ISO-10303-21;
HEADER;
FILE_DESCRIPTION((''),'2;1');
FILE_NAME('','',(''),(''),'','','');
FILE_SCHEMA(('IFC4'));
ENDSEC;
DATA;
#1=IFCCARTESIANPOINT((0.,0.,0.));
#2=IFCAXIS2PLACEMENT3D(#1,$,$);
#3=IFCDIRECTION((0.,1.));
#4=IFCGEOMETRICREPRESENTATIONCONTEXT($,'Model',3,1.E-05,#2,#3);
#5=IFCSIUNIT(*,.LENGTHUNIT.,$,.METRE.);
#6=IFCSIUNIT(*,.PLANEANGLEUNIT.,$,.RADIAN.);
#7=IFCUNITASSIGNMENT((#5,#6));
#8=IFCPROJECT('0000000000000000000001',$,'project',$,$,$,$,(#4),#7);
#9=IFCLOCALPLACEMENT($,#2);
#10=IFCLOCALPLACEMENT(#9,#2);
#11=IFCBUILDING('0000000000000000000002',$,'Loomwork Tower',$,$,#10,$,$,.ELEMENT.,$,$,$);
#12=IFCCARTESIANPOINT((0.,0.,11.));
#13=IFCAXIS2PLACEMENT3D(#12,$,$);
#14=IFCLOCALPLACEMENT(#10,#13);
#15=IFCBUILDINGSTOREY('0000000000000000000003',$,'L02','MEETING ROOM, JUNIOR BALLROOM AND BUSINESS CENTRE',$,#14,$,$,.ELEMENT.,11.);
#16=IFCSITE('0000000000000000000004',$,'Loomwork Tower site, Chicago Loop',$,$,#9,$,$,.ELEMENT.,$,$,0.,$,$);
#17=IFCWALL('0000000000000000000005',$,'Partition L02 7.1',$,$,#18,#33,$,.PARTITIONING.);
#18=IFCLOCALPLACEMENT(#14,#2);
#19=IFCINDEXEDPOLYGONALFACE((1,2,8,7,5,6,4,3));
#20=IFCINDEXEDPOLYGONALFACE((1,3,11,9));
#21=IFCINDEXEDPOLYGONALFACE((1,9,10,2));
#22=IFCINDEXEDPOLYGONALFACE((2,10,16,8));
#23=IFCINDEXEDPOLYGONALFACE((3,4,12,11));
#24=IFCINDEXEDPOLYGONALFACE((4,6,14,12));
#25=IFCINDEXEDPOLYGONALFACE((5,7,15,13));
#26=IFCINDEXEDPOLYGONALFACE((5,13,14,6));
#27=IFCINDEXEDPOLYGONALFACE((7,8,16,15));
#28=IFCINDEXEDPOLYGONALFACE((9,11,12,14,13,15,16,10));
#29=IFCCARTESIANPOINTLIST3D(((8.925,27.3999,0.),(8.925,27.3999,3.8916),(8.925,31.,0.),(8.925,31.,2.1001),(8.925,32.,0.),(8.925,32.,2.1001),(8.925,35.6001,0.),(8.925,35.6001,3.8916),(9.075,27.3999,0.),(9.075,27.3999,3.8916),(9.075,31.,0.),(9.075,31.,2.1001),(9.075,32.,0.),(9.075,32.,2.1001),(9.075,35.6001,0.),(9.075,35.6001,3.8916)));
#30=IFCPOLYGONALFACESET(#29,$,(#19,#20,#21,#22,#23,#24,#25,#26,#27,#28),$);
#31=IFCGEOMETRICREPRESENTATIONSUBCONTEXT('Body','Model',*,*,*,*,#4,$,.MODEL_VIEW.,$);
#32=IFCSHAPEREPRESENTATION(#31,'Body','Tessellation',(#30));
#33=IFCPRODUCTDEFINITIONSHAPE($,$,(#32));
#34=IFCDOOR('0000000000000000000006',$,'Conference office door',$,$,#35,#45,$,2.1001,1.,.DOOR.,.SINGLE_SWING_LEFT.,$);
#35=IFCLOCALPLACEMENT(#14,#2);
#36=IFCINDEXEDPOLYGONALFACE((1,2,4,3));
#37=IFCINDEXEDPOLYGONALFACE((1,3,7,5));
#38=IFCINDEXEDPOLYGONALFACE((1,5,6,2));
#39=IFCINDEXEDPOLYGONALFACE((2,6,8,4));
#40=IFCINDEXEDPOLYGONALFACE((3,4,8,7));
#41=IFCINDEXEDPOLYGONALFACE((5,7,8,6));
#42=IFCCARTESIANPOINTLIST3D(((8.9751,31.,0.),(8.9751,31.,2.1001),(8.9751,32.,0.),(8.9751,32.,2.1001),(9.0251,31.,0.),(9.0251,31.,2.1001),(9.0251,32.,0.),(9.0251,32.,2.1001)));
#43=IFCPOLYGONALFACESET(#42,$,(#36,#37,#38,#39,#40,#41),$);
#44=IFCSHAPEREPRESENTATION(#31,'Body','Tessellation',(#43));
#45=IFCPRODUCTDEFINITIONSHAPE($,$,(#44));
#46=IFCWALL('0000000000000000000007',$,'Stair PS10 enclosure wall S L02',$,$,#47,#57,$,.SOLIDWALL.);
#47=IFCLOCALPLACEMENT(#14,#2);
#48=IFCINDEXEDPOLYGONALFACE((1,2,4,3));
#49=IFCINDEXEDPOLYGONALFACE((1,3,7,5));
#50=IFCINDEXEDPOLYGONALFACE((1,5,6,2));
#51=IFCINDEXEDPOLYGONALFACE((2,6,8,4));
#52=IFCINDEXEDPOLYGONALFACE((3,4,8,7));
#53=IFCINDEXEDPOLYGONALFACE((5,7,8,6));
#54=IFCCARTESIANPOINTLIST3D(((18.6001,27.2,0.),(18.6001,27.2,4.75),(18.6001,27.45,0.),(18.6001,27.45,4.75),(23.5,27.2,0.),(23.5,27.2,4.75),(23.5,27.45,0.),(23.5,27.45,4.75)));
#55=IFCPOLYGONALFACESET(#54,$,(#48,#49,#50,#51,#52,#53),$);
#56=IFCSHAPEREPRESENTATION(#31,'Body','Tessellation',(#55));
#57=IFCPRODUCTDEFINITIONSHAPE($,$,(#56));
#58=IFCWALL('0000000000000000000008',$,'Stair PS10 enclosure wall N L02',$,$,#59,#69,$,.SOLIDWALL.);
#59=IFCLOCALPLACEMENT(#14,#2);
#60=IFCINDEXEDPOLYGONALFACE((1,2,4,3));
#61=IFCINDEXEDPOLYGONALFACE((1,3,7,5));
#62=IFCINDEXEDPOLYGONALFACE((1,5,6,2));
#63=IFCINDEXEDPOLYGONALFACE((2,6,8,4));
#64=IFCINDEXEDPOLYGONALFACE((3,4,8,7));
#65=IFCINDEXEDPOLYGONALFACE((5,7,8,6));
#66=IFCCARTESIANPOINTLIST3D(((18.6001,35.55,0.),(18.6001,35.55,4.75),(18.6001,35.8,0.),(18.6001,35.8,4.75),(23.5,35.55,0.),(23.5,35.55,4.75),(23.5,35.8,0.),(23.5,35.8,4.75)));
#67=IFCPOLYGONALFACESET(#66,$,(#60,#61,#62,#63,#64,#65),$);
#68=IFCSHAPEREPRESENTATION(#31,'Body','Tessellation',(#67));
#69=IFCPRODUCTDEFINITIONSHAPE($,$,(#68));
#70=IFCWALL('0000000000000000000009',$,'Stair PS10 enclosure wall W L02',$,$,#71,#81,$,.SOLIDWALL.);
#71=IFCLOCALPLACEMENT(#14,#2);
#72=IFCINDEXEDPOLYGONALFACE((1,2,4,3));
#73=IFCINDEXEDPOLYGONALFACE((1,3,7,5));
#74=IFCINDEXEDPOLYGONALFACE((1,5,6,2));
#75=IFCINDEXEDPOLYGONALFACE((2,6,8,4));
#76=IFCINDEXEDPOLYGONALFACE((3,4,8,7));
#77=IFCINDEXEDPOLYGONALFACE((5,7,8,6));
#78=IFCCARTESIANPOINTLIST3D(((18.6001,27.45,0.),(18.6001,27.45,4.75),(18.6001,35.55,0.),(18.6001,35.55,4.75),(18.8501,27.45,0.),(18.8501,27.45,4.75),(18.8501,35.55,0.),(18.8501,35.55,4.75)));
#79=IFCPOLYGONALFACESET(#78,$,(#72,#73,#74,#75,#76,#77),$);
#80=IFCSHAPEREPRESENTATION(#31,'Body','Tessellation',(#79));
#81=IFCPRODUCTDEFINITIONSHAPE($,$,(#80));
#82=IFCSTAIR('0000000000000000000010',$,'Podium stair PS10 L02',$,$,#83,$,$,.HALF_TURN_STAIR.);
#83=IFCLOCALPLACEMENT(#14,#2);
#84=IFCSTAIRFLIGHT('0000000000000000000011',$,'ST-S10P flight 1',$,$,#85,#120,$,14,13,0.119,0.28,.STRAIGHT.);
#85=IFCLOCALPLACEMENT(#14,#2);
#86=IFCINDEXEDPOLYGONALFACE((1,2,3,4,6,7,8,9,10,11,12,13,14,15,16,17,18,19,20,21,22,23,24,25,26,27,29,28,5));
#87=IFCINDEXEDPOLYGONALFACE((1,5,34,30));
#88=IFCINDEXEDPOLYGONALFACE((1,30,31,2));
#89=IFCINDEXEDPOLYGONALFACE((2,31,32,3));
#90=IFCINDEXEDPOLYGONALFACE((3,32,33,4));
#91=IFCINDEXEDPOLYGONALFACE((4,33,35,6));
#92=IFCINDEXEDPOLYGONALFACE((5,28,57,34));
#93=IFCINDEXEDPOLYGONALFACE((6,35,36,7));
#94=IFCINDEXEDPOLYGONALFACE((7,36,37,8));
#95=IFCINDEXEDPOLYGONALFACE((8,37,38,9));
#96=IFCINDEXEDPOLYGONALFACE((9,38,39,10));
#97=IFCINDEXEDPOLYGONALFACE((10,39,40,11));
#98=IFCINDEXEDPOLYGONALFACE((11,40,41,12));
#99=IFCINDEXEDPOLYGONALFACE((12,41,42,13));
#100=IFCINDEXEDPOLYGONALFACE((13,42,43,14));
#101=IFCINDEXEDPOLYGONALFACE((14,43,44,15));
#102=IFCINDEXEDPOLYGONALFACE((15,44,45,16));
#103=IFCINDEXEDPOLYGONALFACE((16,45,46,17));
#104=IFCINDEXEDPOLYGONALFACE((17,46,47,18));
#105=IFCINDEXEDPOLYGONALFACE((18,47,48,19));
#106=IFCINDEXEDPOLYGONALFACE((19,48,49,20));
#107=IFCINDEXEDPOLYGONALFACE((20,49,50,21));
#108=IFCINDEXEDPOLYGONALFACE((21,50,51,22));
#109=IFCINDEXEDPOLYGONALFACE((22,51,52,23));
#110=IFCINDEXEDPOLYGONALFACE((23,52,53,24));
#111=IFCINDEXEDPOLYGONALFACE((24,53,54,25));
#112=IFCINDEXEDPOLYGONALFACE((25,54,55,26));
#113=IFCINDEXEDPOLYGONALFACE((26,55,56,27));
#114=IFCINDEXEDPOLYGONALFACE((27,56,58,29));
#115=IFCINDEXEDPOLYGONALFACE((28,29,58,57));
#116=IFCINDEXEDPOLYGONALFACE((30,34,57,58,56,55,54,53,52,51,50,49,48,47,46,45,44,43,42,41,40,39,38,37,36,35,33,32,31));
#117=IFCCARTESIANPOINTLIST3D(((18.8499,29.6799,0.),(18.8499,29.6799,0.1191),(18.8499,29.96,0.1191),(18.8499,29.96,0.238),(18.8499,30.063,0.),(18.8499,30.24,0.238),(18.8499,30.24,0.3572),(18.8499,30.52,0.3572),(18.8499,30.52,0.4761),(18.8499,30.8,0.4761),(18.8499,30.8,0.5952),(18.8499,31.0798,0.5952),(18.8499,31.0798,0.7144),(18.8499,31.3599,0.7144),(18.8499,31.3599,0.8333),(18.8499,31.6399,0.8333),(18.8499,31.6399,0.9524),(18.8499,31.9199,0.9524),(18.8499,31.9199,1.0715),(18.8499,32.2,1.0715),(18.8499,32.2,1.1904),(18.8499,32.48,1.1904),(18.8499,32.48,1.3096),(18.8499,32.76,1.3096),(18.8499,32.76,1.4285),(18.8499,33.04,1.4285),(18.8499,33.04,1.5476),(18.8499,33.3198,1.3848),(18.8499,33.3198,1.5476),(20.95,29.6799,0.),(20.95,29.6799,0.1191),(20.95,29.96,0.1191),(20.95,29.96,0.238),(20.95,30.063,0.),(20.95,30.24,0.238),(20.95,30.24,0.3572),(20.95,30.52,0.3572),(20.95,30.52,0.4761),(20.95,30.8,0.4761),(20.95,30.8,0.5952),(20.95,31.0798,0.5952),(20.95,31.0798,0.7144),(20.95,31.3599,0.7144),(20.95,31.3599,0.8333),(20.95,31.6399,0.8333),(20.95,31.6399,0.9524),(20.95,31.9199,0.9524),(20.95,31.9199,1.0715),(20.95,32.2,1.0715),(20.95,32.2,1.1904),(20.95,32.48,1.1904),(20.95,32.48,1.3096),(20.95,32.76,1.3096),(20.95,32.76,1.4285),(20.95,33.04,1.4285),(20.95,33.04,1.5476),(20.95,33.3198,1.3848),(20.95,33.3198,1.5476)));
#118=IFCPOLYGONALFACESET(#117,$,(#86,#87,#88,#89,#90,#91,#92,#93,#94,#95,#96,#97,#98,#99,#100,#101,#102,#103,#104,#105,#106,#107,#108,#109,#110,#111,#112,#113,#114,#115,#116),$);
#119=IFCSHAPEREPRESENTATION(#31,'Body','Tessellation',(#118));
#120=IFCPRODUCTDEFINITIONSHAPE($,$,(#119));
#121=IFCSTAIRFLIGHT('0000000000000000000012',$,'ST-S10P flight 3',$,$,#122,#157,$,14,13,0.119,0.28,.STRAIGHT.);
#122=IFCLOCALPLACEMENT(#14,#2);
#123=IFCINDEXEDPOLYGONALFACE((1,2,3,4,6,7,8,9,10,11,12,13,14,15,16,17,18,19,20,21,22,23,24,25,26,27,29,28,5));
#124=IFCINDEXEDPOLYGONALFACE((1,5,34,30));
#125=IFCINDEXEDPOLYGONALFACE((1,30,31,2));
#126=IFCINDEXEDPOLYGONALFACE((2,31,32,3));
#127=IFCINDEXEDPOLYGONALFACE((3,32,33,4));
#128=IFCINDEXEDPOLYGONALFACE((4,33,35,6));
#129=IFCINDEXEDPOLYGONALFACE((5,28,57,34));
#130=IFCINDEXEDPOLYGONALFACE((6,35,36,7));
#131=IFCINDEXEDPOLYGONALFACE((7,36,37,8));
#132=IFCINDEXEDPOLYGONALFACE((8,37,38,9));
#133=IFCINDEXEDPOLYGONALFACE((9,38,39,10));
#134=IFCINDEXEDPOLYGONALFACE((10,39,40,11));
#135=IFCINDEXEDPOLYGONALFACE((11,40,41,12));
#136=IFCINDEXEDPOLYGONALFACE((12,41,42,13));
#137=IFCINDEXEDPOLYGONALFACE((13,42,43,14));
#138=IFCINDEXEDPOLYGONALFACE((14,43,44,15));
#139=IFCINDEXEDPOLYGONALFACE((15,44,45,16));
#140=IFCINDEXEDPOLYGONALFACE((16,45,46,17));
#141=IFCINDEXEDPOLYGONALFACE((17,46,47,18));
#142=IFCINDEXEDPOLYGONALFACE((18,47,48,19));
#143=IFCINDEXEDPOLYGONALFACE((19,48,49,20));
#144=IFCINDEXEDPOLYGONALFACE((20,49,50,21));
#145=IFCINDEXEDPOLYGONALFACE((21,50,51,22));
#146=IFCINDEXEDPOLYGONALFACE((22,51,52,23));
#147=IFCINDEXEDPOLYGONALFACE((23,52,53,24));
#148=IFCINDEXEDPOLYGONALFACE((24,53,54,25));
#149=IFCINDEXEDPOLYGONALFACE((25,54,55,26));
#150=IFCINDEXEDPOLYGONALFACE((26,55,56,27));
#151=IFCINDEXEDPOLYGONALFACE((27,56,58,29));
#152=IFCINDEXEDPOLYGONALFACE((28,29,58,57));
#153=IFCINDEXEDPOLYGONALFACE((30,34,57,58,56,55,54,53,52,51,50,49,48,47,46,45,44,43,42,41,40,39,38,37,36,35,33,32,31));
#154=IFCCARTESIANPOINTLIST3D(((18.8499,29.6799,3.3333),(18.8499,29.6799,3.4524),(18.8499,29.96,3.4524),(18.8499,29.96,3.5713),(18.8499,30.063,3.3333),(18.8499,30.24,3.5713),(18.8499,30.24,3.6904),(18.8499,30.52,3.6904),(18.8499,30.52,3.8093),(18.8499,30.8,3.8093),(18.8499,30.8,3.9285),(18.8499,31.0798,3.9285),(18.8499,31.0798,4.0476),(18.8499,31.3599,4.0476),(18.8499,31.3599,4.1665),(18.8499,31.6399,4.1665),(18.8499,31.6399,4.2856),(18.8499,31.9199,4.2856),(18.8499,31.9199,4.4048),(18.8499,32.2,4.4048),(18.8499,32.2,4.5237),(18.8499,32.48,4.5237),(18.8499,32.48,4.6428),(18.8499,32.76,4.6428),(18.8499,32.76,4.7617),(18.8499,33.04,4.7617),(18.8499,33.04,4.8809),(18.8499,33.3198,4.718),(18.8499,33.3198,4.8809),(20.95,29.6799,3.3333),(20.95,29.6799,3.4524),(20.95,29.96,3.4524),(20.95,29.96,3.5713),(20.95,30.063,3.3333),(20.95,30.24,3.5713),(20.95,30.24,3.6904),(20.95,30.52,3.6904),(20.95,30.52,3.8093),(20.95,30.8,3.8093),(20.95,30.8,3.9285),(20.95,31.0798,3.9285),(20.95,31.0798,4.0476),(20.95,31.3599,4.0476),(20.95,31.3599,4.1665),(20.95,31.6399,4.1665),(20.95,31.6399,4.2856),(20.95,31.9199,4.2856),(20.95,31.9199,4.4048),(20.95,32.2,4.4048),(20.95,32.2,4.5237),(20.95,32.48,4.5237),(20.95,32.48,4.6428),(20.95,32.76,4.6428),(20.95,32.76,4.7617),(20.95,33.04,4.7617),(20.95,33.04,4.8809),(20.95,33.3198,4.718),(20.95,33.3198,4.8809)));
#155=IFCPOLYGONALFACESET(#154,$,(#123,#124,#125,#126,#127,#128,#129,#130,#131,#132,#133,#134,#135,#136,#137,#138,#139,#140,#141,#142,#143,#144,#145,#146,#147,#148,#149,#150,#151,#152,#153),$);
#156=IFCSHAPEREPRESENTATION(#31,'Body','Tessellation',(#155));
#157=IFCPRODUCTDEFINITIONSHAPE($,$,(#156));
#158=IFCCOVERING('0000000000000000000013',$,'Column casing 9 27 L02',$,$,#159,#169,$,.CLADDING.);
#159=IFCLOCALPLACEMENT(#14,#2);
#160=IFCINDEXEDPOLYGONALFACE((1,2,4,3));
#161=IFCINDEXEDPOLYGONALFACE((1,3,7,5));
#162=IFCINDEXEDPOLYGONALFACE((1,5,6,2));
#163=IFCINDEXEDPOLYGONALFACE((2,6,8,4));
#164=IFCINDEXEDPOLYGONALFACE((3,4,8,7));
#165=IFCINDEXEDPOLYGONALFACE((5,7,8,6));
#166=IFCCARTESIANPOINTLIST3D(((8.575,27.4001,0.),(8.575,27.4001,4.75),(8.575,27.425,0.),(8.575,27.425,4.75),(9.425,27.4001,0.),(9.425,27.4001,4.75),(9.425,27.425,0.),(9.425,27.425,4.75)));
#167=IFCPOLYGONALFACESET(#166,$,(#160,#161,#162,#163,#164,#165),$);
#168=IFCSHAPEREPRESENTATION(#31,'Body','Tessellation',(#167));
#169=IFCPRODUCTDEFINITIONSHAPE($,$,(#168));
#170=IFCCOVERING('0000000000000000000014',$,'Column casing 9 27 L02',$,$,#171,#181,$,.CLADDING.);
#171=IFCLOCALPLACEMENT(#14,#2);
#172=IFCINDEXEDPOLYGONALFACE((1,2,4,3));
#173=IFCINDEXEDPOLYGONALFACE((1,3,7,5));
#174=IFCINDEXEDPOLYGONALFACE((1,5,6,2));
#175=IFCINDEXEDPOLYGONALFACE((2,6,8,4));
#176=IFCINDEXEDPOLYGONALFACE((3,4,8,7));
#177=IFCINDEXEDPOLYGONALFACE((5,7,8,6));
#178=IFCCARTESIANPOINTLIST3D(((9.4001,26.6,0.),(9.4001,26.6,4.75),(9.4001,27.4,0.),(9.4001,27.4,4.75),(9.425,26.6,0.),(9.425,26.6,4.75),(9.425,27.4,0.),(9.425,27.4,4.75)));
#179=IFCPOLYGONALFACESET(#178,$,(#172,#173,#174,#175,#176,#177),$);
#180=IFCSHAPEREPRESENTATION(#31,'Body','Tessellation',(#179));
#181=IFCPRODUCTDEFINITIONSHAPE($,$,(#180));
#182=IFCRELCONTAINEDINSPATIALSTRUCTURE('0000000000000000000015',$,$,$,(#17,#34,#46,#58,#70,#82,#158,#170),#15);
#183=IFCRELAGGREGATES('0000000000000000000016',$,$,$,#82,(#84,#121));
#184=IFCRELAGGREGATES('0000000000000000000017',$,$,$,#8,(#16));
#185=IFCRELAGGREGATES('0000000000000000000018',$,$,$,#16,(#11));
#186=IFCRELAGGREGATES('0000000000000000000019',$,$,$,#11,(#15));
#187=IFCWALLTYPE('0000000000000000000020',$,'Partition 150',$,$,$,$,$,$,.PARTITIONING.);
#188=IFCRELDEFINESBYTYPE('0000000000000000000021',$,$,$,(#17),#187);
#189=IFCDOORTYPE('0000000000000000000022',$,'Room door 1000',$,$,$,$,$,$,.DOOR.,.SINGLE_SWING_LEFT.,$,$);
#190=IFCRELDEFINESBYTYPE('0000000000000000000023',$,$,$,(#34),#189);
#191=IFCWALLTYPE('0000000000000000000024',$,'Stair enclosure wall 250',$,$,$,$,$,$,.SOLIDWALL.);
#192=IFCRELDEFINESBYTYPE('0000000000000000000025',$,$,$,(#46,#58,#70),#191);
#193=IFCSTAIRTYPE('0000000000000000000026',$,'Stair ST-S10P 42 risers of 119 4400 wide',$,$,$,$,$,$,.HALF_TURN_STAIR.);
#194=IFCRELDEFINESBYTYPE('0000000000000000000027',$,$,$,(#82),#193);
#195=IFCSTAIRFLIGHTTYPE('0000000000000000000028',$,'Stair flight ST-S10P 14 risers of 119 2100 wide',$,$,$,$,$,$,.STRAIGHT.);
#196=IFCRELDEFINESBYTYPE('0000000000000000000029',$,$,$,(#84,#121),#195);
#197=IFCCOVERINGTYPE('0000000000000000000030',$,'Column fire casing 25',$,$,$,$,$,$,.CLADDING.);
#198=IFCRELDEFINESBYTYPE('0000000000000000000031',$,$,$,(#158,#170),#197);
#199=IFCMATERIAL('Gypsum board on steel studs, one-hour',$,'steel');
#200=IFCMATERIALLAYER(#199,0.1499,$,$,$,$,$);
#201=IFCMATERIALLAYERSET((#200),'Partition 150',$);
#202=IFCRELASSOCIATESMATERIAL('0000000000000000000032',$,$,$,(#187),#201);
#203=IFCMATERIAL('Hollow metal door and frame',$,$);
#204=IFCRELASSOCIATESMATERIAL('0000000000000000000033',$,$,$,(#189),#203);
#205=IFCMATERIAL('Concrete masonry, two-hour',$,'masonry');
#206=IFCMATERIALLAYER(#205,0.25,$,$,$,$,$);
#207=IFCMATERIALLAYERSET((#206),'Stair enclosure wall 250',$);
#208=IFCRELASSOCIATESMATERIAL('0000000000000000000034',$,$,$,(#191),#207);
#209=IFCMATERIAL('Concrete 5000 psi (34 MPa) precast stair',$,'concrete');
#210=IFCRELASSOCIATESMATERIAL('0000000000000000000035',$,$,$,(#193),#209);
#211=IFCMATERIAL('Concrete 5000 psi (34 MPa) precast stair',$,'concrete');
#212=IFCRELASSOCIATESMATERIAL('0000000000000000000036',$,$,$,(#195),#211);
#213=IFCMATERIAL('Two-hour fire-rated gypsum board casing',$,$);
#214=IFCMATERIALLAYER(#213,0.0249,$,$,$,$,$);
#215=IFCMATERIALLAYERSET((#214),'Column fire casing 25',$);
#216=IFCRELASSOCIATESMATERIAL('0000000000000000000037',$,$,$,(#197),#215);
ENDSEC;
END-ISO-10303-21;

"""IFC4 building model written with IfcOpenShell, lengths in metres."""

from ifc_helpers import new_model, si_unit, direction, frame, frame_2d, origin, origin_2d, place, context, subcontext, project, spatial, polyline, rectangle, outline, extrude, material, layer, layer_set, type_object, element, fill, aggregate, save


model = new_model("IFC4")

# Units and contexts
model_context = context("Model", 3, precision=1e-05, world=origin(), true_north=direction((0.0, 1.0)))
body_context = subcontext(model_context, "Body", "Model", "MODEL_VIEW")
ifc_project = project(units=[si_unit("LENGTHUNIT", "METRE"), si_unit("PLANEANGLEUNIT", "RADIAN")], contexts=[model_context])

# Site, building, storey
site_placement = place(None, origin())
site = spatial("IfcSite", under=ifc_project, at=site_placement, Name="Loomwork Tower site, Chicago Loop", CompositionType="ELEMENT", RefElevation=0.0)
building_placement = place(site_placement, origin())
building = spatial("IfcBuilding", under=site, at=building_placement, Name="Loomwork Tower", CompositionType="ELEMENT")
storey_placement = place(building_placement, frame((0.0, 0.0, 11.0)))
storey = spatial("IfcBuildingStorey", under=building, at=storey_placement, Name="L02", Description="MEETING ROOM, JUNIOR BALLROOM AND BUSINESS CENTRE", CompositionType="ELEMENT", Elevation=11.0)

# Wall, opening, door
ifc_material_1 = material(Name="Gypsum board on steel studs, one-hour", Category="steel")
ifc_layer_1 = layer(ifc_material_1, 0.1499)
ifc_layer_set_1 = layer_set([ifc_layer_1], Name="Partition 150")
wall_type_1 = type_object("IfcWallType", Name="Partition 150", PredefinedType="PARTITIONING", material=ifc_layer_set_1)
wall_1_placement = place(storey_placement, frame((9.0, 35.6001, 0.0), z_axis=(0.0, 0.0, 1.0), x_axis=(0.0, -1.0, 0.0)))
wall_1 = element("IfcWall", 1, at=wall_1_placement, inside=storey, type_object=wall_type_1, Name="Partition L02 7.1", PredefinedType="PARTITIONING", context=body_context, shape_type="SweptSolid", body=[
    extrude(rectangle(XDim=8.2002, YDim=0.1499, at=frame_2d((4.1001, 0.0))), origin(), (0.0, 0.0, 1.0), 3.8916),
])
opening_placement = place(wall_1_placement, frame((3.6001, 0.0, 0.0)))
opening = element("IfcOpeningElement", 2, at=opening_placement, cuts=wall_1, PredefinedType="OPENING", context=body_context, shape_type="SweptSolid", body=[
    extrude(rectangle(XDim=1.0, YDim=2.1001, at=frame_2d((0.5, 1.05))), frame((0.0, 0.085, 0.0), z_axis=(0.0, -1.0, 0.0), x_axis=(1.0, 0.0, 0.0)), (0.0, 0.0, 1.0), 0.1699),
])
ifc_material_2 = material(Name="Hollow metal door and frame")
door_type = type_object("IfcDoorType", Name="Room door 1000", OperationType="SINGLE_SWING_LEFT", PredefinedType="DOOR", material=ifc_material_2)
door_placement = place(opening_placement, frame((1.0, 0.0, 0.0), z_axis=(0.0, 0.0, 1.0), x_axis=(-1.0, 0.0, 0.0)))
door = element("IfcDoor", 3, at=door_placement, inside=storey, type_object=door_type, Name="Conference office door", OperationType="SINGLE_SWING_LEFT", OverallHeight=2.1001, OverallWidth=1.0, PredefinedType="DOOR", context=body_context, shape_type="SweptSolid", body=[
    extrude(rectangle(XDim=1.0, YDim=2.1001, at=frame_2d((0.5, 1.05))), frame((0.0, 0.0249, 0.0), z_axis=(0.0, -1.0, 0.0), x_axis=(1.0, 0.0, 0.0)), (0.0, 0.0, 1.0), 0.05),
])
fill(opening, door)

# Walls
ifc_material_3 = material(Name="Concrete masonry, two-hour", Category="masonry")
ifc_layer_2 = layer(ifc_material_3, 0.25)
ifc_layer_set_2 = layer_set([ifc_layer_2], Name="Stair enclosure wall 250")
wall_type_2 = type_object("IfcWallType", Name="Stair enclosure wall 250", PredefinedType="SOLIDWALL", material=ifc_layer_set_2)
for number, where, z_axis, x_axis, name in (
    (4, (18.6001, 27.325, 0.0), (0.0, 0.0, 1.0), (1.0, 0.0, 0.0), "Stair PS10 enclosure wall S L02"),
    (5, (18.6001, 35.675, 0.0), (0.0, 0.0, 1.0), (1.0, 0.0, 0.0), "Stair PS10 enclosure wall N L02"),
):
    element("IfcWall", number, at=place(storey_placement, frame(where, z_axis=z_axis, x_axis=x_axis)), inside=storey, type_object=wall_type_2, Name=name, PredefinedType="SOLIDWALL", context=body_context, shape_type="SweptSolid", body=[
        extrude(rectangle(XDim=4.8999, YDim=0.25, at=frame_2d((2.45, 0.0))), origin(), (0.0, 0.0, 1.0), 4.75),
    ])
wall_2_placement = place(storey_placement, frame((18.7251, 27.45, 0.0), z_axis=(0.0, 0.0, 1.0), x_axis=(0.0, 1.0, 0.0)))
element("IfcWall", 6, at=wall_2_placement, inside=storey, type_object=wall_type_2, Name="Stair PS10 enclosure wall W L02", PredefinedType="SOLIDWALL", context=body_context, shape_type="SweptSolid", body=[
    extrude(rectangle(XDim=8.1001, YDim=0.25, at=frame_2d((4.05, 0.0))), origin(), (0.0, 0.0, 1.0), 4.75),
])

# Stair, stair flights
ifc_material_4 = material(Name="Concrete 5000 psi (34 MPa) precast stair", Category="concrete")
stair_type = type_object("IfcStairType", Name="Stair ST-S10P 42 risers of 119 4400 wide", PredefinedType="HALF_TURN_STAIR", material=ifc_material_4)
stair_placement = place(storey_placement, origin())
stair = element("IfcStair", 7, at=stair_placement, inside=storey, type_object=stair_type, Name="Podium stair PS10 L02", PredefinedType="HALF_TURN_STAIR")
ifc_material_5 = material(Name="Concrete 5000 psi (34 MPa) precast stair", Category="concrete")
stair_flight_type = type_object("IfcStairFlightType", Name="Stair flight ST-S10P 14 risers of 119 2100 wide", PredefinedType="STRAIGHT", material=ifc_material_5)
stair_flight_1_placement = place(storey_placement, frame((19.8999, 29.6799, 0.0), z_axis=(0.0, 0.0, 1.0), x_axis=(0.0, 1.0, 0.0)))
stair_flight_1 = element("IfcStairFlight", 8, at=stair_flight_1_placement, type_object=stair_flight_type, Name="ST-S10P flight 1", NumberOfRisers=14, NumberOfTreads=13, PredefinedType="STRAIGHT", RiserHeight=0.119, TreadLength=0.28, context=body_context, shape_type="SweptSolid", body=[
    extrude(outline(polyline([(0.0, 0.0), (0.0, 0.1191), (0.28, 0.1191), (0.28, 0.238), (0.5601, 0.238), (0.5601, 0.3572), (0.8401, 0.3572), (0.8401, 0.4761), (1.1201, 0.4761), (1.1201, 0.5952), (1.3999, 0.5952), (1.3999, 0.7144), (1.6799, 0.7144), (1.6799, 0.8333), (1.96, 0.8333), (1.96, 0.9524), (2.24, 0.9524), (2.24, 1.0715), (2.52, 1.0715), (2.52, 1.1904), (2.8, 1.1904), (2.8, 1.3096), (3.0801, 1.3096), (3.0801, 1.4285), (3.3601, 1.4285), (3.3601, 1.5476), (3.6399, 1.5476), (3.6399, 1.6667), (3.6399, 1.3848), (0.3831, 0.0), (0.0, 0.0)])), frame((0.0, 1.05, 0.0), z_axis=(0.0, -1.0, 0.0), x_axis=(1.0, 0.0, 0.0)), (0.0, 0.0, 1.0), 2.1001),
])
stair_flight_2_placement = place(storey_placement, frame((19.8999, 29.6799, 3.3333), z_axis=(0.0, 0.0, 1.0), x_axis=(0.0, 1.0, 0.0)))
stair_flight_2 = element("IfcStairFlight", 9, at=stair_flight_2_placement, type_object=stair_flight_type, Name="ST-S10P flight 3", NumberOfRisers=14, NumberOfTreads=13, PredefinedType="STRAIGHT", RiserHeight=0.119, TreadLength=0.28, context=body_context, shape_type="SweptSolid", body=[
    extrude(outline(polyline([(0.0, 0.0), (0.0, 0.1191), (0.28, 0.1191), (0.28, 0.238), (0.5601, 0.238), (0.5601, 0.3572), (0.8401, 0.3572), (0.8401, 0.4761), (1.1201, 0.4761), (1.1201, 0.5952), (1.3999, 0.5952), (1.3999, 0.7144), (1.6799, 0.7144), (1.6799, 0.8333), (1.96, 0.8333), (1.96, 0.9524), (2.24, 0.9524), (2.24, 1.0715), (2.52, 1.0715), (2.52, 1.1904), (2.8, 1.1904), (2.8, 1.3096), (3.0801, 1.3096), (3.0801, 1.4285), (3.3601, 1.4285), (3.3601, 1.5476), (3.6399, 1.5476), (3.6399, 1.6667), (3.6399, 1.3848), (0.3831, 0.0), (0.0, 0.0)])), frame((0.0, 1.05, 0.0), z_axis=(0.0, -1.0, 0.0), x_axis=(1.0, 0.0, 0.0)), (0.0, 0.0, 1.0), 2.1001),
])
aggregate(stair, [stair_flight_1, stair_flight_2])

# Coverings
ifc_material_6 = material(Name="Two-hour fire-rated gypsum board casing")
ifc_layer_3 = layer(ifc_material_6, 0.0249)
ifc_layer_set_3 = layer_set([ifc_layer_3], Name="Column fire casing 25")
covering_type = type_object("IfcCoveringType", Name="Column fire casing 25", PredefinedType="CLADDING", material=ifc_layer_set_3)
covering_1_placement = place(storey_placement, frame((9.0, 27.4126, 0.0), z_axis=(0.0, 0.0, 1.0), x_axis=(1.0, 0.0, 0.0)))
element("IfcCovering", 10, at=covering_1_placement, inside=storey, type_object=covering_type, Name="Column casing 9 27 L02", PredefinedType="CLADDING", context=body_context, shape_type="SweptSolid", body=[
    extrude(rectangle(XDim=0.8501, YDim=0.0249, at=origin_2d()), origin(), (0.0, 0.0, 1.0), 4.75),
])
for number, where, z_axis, x_axis, name in (
    (11, (9.4126, 27.0, 0.0), (0.0, 0.0, 1.0), (1.0, 0.0, 0.0), "Column casing 9 27 L02"),
):
    element("IfcCovering", number, at=place(storey_placement, frame(where, z_axis=z_axis, x_axis=x_axis)), inside=storey, type_object=covering_type, Name=name, PredefinedType="CLADDING", context=body_context, shape_type="SweptSolid", body=[
        extrude(rectangle(XDim=0.0249, YDim=0.8, at=origin_2d()), origin(), (0.0, 0.0, 1.0), 4.75),
    ])

save(model, "model.ifc")
